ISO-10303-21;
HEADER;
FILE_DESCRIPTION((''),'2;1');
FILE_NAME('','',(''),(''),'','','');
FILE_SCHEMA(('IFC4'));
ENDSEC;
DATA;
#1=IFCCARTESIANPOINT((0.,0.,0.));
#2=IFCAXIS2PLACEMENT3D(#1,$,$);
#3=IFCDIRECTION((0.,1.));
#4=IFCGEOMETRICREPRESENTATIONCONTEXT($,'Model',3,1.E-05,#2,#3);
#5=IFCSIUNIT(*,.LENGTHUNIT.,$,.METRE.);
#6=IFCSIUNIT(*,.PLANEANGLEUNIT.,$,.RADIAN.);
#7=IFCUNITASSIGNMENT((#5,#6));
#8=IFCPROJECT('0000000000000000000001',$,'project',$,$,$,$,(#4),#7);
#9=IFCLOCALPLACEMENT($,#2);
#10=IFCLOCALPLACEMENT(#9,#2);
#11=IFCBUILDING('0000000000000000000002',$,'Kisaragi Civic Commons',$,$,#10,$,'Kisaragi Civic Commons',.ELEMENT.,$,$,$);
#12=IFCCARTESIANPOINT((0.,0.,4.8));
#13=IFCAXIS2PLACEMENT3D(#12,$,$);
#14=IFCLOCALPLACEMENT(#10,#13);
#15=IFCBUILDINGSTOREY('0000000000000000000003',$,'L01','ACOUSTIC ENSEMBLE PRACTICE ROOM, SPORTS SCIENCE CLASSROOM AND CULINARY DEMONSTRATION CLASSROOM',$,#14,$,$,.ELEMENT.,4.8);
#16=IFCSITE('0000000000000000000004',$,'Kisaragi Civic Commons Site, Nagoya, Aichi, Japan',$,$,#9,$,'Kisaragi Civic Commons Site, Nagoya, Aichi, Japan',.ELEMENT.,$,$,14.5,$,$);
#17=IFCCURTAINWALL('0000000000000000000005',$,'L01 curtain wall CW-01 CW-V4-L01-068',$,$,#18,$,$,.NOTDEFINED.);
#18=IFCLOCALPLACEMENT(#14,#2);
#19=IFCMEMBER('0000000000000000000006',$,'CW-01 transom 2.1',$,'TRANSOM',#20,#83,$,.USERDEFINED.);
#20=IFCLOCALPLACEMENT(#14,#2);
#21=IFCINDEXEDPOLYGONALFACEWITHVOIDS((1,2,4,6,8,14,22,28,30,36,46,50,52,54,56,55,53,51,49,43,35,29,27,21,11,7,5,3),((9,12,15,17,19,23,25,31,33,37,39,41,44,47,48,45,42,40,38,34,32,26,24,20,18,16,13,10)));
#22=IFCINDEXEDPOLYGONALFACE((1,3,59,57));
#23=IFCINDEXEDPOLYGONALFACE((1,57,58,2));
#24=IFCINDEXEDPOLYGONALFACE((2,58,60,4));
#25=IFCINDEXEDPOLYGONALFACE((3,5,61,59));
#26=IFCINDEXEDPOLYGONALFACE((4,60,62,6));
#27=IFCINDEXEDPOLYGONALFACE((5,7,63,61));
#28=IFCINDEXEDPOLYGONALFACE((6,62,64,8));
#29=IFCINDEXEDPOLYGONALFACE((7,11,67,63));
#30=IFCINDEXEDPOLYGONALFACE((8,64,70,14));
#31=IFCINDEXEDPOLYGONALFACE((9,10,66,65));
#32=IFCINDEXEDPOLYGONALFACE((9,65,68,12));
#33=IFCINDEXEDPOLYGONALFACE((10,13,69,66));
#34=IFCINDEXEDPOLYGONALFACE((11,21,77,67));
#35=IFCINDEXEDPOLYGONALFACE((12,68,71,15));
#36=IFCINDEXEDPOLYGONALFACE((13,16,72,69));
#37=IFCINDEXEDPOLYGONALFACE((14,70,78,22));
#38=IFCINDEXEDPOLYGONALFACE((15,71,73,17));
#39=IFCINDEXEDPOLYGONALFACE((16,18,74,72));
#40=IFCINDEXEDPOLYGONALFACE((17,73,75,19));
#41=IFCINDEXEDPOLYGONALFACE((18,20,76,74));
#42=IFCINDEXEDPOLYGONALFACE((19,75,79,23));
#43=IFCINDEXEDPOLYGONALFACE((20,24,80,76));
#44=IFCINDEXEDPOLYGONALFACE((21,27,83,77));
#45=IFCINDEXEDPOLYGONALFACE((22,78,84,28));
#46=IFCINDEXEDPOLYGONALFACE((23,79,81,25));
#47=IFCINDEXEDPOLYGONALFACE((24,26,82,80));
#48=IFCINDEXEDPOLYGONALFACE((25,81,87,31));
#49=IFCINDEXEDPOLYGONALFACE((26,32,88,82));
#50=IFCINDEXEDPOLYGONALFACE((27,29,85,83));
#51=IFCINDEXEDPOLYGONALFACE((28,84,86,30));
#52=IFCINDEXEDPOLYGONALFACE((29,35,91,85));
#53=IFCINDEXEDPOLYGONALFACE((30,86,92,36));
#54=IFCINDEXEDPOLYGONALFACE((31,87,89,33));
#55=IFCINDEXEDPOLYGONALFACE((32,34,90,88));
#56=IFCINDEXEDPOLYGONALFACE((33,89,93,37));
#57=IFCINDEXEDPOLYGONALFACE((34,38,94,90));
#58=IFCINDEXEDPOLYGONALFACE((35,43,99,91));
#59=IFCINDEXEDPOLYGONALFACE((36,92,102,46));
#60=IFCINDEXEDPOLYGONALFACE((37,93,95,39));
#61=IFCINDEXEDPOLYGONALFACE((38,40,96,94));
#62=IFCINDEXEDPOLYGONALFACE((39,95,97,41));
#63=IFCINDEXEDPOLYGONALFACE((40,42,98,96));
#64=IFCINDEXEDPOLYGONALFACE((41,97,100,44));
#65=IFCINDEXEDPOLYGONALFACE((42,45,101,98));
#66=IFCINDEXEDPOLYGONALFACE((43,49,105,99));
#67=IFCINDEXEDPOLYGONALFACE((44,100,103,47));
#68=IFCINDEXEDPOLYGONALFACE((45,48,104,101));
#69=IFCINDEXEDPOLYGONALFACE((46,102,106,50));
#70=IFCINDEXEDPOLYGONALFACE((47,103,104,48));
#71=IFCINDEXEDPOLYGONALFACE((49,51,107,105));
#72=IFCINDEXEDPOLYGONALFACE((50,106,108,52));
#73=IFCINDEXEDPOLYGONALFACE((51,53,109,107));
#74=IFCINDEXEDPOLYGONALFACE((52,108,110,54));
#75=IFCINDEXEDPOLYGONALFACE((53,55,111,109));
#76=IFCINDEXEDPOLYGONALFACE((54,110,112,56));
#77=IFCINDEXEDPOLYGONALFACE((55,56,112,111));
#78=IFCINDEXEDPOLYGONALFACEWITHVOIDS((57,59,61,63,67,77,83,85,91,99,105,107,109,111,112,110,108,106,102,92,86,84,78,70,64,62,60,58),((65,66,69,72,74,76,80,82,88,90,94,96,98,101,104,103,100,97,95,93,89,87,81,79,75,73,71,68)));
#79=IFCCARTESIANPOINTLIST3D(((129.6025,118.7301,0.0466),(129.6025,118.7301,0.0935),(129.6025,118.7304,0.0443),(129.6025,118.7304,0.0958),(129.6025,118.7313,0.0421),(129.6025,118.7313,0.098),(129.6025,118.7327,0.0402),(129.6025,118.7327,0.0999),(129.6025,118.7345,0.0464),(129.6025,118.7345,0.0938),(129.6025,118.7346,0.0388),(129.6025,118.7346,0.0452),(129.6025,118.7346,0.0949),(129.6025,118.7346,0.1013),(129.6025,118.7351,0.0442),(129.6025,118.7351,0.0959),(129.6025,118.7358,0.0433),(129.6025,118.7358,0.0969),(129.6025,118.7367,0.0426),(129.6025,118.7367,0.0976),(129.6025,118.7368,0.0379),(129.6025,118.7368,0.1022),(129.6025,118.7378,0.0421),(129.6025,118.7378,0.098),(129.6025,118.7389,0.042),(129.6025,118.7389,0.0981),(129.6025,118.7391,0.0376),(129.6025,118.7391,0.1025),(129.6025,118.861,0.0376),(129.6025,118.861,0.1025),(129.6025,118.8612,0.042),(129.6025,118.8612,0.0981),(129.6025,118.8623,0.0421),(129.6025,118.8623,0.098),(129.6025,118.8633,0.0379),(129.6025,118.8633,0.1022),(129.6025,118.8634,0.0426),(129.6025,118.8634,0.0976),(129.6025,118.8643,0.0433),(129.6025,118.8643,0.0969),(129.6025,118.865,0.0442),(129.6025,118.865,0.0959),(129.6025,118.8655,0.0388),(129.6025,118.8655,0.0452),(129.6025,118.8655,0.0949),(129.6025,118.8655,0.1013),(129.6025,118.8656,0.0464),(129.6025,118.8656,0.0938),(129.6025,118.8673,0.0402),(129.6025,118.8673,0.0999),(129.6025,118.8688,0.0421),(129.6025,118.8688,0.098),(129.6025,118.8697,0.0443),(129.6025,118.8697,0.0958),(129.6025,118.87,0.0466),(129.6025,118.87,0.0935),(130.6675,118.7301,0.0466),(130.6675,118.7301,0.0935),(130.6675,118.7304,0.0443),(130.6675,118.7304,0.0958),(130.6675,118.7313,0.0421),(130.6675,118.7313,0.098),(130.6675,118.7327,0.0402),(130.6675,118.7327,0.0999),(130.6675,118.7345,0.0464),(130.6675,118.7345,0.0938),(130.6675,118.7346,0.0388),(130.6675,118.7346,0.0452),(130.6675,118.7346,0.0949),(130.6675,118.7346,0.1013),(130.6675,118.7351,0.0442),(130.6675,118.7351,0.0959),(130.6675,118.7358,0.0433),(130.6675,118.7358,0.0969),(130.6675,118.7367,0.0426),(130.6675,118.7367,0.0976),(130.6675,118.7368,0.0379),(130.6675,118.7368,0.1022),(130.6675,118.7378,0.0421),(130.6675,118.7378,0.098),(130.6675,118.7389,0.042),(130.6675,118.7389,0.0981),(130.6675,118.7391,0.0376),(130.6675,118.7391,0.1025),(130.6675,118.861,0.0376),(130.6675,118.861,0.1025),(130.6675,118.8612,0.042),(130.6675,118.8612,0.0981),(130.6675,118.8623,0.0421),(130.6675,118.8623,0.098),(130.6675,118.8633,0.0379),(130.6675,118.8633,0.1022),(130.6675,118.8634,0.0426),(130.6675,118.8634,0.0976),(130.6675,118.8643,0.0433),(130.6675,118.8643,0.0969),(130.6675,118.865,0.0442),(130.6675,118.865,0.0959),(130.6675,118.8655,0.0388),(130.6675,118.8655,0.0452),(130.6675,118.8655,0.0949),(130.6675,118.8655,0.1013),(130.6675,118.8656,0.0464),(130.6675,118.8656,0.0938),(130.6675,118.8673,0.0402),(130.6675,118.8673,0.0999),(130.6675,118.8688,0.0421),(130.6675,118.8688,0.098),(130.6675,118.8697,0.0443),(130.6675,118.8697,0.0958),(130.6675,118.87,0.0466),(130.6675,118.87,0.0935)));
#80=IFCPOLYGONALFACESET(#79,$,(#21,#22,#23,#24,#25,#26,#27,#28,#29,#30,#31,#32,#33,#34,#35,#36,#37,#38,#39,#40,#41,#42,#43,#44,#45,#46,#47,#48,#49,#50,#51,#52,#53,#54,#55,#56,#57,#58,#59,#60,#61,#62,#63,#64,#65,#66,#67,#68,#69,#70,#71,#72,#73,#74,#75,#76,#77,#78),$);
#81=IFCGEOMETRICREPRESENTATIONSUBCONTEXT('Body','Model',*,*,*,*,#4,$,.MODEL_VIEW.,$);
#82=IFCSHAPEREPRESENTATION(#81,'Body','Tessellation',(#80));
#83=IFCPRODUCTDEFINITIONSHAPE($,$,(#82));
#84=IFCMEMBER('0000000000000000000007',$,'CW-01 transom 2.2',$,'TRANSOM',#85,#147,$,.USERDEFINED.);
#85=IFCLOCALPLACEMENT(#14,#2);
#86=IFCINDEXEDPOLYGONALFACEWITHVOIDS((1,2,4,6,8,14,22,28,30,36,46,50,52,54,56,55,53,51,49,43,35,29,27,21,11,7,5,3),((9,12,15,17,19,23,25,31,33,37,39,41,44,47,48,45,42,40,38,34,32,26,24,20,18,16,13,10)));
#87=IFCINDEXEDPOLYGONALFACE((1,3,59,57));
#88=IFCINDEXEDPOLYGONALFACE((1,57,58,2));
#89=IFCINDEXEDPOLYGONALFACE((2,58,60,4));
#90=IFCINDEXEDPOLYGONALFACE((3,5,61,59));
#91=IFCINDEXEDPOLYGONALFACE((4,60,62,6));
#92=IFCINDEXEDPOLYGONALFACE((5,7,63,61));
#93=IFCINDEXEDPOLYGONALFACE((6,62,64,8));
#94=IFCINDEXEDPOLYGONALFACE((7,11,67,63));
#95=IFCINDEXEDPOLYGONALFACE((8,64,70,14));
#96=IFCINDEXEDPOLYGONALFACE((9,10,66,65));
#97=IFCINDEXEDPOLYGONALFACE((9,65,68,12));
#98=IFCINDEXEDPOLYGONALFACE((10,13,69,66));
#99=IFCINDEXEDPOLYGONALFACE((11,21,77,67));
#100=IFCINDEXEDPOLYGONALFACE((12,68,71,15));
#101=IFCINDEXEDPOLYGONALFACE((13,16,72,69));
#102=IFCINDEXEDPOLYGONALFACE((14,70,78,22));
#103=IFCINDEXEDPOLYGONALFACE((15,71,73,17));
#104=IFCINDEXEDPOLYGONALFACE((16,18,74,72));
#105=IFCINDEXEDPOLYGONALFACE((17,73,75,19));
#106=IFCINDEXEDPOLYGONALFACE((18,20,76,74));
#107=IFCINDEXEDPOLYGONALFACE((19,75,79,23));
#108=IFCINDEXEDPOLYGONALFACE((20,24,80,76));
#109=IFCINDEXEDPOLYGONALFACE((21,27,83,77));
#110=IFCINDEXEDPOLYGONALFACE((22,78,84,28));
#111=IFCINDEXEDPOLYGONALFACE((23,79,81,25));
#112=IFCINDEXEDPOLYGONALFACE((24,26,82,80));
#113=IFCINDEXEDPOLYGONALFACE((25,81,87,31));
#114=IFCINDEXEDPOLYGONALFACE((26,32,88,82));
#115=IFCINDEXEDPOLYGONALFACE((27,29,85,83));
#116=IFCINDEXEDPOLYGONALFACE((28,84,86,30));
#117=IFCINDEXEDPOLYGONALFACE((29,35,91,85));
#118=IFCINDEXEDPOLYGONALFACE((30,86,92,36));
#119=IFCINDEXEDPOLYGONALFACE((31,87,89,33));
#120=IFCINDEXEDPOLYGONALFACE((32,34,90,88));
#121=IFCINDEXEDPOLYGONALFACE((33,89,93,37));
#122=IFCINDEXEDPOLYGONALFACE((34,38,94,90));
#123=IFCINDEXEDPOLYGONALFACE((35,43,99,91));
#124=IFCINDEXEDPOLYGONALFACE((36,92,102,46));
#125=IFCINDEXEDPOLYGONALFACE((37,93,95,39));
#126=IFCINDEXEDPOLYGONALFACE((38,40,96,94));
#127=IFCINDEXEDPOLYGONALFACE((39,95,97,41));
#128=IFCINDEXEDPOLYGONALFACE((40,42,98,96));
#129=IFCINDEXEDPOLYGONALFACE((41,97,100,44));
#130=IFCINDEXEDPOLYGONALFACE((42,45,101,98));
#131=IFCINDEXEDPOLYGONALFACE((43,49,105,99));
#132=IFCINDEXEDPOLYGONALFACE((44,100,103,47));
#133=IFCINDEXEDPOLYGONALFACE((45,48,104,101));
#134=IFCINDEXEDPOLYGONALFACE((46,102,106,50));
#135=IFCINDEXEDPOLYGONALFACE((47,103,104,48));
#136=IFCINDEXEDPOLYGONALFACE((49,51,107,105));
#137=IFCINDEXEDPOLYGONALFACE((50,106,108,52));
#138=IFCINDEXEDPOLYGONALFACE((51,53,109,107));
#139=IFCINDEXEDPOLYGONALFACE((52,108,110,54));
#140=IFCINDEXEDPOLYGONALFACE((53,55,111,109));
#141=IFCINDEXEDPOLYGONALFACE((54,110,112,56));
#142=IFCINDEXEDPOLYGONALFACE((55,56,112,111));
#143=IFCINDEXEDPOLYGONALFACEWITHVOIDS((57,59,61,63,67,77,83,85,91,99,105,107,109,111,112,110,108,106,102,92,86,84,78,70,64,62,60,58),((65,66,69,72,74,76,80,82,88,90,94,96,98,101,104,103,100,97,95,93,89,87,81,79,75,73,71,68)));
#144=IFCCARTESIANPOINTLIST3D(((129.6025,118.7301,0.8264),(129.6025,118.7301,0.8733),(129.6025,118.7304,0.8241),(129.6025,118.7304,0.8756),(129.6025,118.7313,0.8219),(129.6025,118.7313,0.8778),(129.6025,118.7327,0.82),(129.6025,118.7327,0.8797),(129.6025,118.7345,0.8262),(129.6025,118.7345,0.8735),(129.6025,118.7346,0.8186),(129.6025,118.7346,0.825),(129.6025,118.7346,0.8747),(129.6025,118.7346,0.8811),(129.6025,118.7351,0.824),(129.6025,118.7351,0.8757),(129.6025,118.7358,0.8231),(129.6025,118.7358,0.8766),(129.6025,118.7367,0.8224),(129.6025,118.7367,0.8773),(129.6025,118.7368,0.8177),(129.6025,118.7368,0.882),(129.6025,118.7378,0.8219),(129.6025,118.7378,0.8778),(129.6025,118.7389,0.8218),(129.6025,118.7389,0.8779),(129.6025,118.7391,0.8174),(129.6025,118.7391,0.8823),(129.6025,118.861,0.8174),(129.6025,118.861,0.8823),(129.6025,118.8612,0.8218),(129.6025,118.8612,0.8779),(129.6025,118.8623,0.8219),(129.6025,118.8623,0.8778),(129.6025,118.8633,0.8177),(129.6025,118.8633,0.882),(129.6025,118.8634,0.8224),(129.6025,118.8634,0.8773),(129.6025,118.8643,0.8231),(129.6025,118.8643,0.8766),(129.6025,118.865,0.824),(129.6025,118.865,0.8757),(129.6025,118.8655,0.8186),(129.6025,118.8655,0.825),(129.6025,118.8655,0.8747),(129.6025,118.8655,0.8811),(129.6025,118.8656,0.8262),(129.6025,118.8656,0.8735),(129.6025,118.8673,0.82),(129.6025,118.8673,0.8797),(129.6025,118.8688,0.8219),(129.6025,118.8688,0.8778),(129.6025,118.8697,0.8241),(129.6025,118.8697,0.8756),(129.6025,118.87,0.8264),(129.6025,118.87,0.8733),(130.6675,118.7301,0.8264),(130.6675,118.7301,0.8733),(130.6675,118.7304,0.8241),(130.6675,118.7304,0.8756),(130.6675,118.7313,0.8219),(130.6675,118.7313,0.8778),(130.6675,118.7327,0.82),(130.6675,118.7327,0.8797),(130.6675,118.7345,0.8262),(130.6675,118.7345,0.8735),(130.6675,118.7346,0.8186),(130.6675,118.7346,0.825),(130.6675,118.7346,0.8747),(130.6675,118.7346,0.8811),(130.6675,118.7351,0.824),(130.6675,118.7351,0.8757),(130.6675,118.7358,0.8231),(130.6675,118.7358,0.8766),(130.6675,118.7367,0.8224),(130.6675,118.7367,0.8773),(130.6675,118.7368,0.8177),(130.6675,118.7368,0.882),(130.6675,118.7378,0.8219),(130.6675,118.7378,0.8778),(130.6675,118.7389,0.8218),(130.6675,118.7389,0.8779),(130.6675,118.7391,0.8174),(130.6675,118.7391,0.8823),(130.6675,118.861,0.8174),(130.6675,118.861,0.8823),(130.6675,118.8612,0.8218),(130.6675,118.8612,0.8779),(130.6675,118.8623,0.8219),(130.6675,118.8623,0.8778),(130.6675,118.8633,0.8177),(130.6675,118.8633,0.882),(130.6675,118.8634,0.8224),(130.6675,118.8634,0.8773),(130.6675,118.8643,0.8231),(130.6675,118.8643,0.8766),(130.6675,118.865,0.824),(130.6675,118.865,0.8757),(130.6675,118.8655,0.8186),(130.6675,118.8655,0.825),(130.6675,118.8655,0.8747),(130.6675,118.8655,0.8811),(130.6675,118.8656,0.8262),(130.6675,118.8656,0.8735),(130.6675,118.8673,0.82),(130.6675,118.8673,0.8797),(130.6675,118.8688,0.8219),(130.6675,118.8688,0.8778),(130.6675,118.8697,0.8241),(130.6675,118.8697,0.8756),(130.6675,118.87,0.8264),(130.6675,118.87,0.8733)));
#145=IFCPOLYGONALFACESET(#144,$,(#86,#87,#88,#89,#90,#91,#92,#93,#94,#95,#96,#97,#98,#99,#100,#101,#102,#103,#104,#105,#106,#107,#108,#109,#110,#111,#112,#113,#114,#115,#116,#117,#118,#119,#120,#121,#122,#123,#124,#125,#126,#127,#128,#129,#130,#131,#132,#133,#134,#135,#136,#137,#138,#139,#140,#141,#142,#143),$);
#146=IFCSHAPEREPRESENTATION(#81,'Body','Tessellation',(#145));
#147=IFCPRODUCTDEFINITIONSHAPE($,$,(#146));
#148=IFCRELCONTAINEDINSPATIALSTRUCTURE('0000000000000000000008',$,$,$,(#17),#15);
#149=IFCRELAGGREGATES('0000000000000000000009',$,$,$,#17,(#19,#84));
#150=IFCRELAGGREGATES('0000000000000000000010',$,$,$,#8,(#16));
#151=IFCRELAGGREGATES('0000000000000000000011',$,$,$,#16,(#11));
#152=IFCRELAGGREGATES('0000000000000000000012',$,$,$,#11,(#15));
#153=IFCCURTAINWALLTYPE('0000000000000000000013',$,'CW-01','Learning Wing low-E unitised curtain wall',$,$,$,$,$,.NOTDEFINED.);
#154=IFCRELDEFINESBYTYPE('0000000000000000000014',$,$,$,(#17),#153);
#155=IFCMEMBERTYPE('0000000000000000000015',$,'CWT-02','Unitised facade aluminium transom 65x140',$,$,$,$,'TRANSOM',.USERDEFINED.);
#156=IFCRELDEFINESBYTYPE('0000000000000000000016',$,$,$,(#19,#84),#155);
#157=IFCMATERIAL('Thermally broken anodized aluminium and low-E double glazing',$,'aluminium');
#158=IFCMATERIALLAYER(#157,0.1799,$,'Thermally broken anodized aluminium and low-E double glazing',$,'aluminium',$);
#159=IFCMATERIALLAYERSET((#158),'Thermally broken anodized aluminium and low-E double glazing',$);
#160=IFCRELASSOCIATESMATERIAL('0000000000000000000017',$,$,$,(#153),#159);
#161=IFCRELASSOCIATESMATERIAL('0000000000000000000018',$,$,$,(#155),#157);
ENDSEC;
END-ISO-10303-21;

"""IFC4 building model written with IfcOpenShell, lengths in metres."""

from ifc_helpers import new_model, si_unit, direction, frame, origin, origin_2d, place, context, subcontext, project, spatial, hollow_rectangle, extrude, material, layer, layer_set, material_profile, profile_set, type_object, element, aggregate, save


model = new_model("IFC4")

# Units and contexts
model_context = context("Model", 3, precision=1e-05, world=origin(), true_north=direction((0.0, 1.0)))
body_context = subcontext(model_context, "Body", "Model", "MODEL_VIEW")
ifc_project = project(units=[si_unit("LENGTHUNIT", "METRE"), si_unit("PLANEANGLEUNIT", "RADIAN")], contexts=[model_context])

# Site, building, storey
site_placement = place(None, origin())
site = spatial("IfcSite", under=ifc_project, at=site_placement, Name="Kisaragi Civic Commons Site, Nagoya, Aichi, Japan", LongName="Kisaragi Civic Commons Site, Nagoya, Aichi, Japan", CompositionType="ELEMENT", RefElevation=14.5)
building_placement = place(site_placement, origin())
building = spatial("IfcBuilding", under=site, at=building_placement, Name="Kisaragi Civic Commons", LongName="Kisaragi Civic Commons", CompositionType="ELEMENT")
storey_placement = place(building_placement, frame((0.0, 0.0, 4.8)))
storey = spatial("IfcBuildingStorey", under=building, at=storey_placement, Name="L01", Description="ACOUSTIC ENSEMBLE PRACTICE ROOM, SPORTS SCIENCE CLASSROOM AND CULINARY DEMONSTRATION CLASSROOM", CompositionType="ELEMENT", Elevation=4.8)

# Curtain wall, members
ifc_material = material(Name="Thermally broken anodized aluminium and low-E double glazing", Category="aluminium")
ifc_layer_1 = layer(ifc_material, 0.1799, Name="Thermally broken anodized aluminium and low-E double glazing", Category="aluminium")
ifc_layer_set_1 = layer_set([ifc_layer_1], Name="Thermally broken anodized aluminium and low-E double glazing")
curtain_wall_type = type_object("IfcCurtainWallType", Name="CW-01", Description="Learning Wing low-E unitised curtain wall", PredefinedType="NOTDEFINED", material=ifc_layer_set_1)
curtain_wall_placement = place(storey_placement, origin())
curtain_wall = element("IfcCurtainWall", 1, at=curtain_wall_placement, inside=storey, type_object=curtain_wall_type, Name="L01 curtain wall CW-01 CW-V4-L01-068", PredefinedType="NOTDEFINED")
ifc_material_profile_1 = material_profile(ifc_material, hollow_rectangle(XDim=0.1399, YDim=0.0649, WallThickness=0.0044, InnerFilletRadius=0.0044, OuterFilletRadius=0.009, at=origin_2d()), Name="CWT-65x140x4.5", Category="aluminium")
ifc_profile_set_1 = profile_set([ifc_material_profile_1], Name="Thermally broken anodized aluminium and low-E double glazing")
member_type_1 = type_object("IfcMemberType", Name="CWT-02", Description="Unitised facade aluminium transom 65x140", ElementType="TRANSOM", PredefinedType="USERDEFINED", material=ifc_profile_set_1)
member_1_placement = place(storey_placement, frame((129.6025, 118.8, 0.0701), z_axis=(1.0, 0.0, 0.0), x_axis=(0.0, 1.0, 0.0)))
member_1 = element("IfcMember", 2, at=member_1_placement, type_object=member_type_1, Name="CW-01 transom 2.1", ObjectType="TRANSOM", PredefinedType="USERDEFINED", context=body_context, shape_type="SweptSolid", body=[
    extrude(hollow_rectangle(XDim=0.1399, YDim=0.0649, WallThickness=0.0044, InnerFilletRadius=0.0044, OuterFilletRadius=0.009, at=origin_2d()), origin(), (0.0, 0.0, 1.0), 1.0649),
])
member_2_placement = place(storey_placement, frame((129.6025, 118.8, 0.8499), z_axis=(1.0, 0.0, 0.0), x_axis=(0.0, 1.0, 0.0)))
member_2 = element("IfcMember", 3, at=member_2_placement, type_object=member_type_1, Name="CW-01 transom 2.2", ObjectType="TRANSOM", PredefinedType="USERDEFINED", context=body_context, shape_type="SweptSolid", body=[
    extrude(hollow_rectangle(XDim=0.1399, YDim=0.0649, WallThickness=0.0044, InnerFilletRadius=0.0044, OuterFilletRadius=0.009, at=origin_2d()), origin(), (0.0, 0.0, 1.0), 1.0649),
])
aggregate(curtain_wall, [member_1, member_2])

save(model, "model.ifc")
